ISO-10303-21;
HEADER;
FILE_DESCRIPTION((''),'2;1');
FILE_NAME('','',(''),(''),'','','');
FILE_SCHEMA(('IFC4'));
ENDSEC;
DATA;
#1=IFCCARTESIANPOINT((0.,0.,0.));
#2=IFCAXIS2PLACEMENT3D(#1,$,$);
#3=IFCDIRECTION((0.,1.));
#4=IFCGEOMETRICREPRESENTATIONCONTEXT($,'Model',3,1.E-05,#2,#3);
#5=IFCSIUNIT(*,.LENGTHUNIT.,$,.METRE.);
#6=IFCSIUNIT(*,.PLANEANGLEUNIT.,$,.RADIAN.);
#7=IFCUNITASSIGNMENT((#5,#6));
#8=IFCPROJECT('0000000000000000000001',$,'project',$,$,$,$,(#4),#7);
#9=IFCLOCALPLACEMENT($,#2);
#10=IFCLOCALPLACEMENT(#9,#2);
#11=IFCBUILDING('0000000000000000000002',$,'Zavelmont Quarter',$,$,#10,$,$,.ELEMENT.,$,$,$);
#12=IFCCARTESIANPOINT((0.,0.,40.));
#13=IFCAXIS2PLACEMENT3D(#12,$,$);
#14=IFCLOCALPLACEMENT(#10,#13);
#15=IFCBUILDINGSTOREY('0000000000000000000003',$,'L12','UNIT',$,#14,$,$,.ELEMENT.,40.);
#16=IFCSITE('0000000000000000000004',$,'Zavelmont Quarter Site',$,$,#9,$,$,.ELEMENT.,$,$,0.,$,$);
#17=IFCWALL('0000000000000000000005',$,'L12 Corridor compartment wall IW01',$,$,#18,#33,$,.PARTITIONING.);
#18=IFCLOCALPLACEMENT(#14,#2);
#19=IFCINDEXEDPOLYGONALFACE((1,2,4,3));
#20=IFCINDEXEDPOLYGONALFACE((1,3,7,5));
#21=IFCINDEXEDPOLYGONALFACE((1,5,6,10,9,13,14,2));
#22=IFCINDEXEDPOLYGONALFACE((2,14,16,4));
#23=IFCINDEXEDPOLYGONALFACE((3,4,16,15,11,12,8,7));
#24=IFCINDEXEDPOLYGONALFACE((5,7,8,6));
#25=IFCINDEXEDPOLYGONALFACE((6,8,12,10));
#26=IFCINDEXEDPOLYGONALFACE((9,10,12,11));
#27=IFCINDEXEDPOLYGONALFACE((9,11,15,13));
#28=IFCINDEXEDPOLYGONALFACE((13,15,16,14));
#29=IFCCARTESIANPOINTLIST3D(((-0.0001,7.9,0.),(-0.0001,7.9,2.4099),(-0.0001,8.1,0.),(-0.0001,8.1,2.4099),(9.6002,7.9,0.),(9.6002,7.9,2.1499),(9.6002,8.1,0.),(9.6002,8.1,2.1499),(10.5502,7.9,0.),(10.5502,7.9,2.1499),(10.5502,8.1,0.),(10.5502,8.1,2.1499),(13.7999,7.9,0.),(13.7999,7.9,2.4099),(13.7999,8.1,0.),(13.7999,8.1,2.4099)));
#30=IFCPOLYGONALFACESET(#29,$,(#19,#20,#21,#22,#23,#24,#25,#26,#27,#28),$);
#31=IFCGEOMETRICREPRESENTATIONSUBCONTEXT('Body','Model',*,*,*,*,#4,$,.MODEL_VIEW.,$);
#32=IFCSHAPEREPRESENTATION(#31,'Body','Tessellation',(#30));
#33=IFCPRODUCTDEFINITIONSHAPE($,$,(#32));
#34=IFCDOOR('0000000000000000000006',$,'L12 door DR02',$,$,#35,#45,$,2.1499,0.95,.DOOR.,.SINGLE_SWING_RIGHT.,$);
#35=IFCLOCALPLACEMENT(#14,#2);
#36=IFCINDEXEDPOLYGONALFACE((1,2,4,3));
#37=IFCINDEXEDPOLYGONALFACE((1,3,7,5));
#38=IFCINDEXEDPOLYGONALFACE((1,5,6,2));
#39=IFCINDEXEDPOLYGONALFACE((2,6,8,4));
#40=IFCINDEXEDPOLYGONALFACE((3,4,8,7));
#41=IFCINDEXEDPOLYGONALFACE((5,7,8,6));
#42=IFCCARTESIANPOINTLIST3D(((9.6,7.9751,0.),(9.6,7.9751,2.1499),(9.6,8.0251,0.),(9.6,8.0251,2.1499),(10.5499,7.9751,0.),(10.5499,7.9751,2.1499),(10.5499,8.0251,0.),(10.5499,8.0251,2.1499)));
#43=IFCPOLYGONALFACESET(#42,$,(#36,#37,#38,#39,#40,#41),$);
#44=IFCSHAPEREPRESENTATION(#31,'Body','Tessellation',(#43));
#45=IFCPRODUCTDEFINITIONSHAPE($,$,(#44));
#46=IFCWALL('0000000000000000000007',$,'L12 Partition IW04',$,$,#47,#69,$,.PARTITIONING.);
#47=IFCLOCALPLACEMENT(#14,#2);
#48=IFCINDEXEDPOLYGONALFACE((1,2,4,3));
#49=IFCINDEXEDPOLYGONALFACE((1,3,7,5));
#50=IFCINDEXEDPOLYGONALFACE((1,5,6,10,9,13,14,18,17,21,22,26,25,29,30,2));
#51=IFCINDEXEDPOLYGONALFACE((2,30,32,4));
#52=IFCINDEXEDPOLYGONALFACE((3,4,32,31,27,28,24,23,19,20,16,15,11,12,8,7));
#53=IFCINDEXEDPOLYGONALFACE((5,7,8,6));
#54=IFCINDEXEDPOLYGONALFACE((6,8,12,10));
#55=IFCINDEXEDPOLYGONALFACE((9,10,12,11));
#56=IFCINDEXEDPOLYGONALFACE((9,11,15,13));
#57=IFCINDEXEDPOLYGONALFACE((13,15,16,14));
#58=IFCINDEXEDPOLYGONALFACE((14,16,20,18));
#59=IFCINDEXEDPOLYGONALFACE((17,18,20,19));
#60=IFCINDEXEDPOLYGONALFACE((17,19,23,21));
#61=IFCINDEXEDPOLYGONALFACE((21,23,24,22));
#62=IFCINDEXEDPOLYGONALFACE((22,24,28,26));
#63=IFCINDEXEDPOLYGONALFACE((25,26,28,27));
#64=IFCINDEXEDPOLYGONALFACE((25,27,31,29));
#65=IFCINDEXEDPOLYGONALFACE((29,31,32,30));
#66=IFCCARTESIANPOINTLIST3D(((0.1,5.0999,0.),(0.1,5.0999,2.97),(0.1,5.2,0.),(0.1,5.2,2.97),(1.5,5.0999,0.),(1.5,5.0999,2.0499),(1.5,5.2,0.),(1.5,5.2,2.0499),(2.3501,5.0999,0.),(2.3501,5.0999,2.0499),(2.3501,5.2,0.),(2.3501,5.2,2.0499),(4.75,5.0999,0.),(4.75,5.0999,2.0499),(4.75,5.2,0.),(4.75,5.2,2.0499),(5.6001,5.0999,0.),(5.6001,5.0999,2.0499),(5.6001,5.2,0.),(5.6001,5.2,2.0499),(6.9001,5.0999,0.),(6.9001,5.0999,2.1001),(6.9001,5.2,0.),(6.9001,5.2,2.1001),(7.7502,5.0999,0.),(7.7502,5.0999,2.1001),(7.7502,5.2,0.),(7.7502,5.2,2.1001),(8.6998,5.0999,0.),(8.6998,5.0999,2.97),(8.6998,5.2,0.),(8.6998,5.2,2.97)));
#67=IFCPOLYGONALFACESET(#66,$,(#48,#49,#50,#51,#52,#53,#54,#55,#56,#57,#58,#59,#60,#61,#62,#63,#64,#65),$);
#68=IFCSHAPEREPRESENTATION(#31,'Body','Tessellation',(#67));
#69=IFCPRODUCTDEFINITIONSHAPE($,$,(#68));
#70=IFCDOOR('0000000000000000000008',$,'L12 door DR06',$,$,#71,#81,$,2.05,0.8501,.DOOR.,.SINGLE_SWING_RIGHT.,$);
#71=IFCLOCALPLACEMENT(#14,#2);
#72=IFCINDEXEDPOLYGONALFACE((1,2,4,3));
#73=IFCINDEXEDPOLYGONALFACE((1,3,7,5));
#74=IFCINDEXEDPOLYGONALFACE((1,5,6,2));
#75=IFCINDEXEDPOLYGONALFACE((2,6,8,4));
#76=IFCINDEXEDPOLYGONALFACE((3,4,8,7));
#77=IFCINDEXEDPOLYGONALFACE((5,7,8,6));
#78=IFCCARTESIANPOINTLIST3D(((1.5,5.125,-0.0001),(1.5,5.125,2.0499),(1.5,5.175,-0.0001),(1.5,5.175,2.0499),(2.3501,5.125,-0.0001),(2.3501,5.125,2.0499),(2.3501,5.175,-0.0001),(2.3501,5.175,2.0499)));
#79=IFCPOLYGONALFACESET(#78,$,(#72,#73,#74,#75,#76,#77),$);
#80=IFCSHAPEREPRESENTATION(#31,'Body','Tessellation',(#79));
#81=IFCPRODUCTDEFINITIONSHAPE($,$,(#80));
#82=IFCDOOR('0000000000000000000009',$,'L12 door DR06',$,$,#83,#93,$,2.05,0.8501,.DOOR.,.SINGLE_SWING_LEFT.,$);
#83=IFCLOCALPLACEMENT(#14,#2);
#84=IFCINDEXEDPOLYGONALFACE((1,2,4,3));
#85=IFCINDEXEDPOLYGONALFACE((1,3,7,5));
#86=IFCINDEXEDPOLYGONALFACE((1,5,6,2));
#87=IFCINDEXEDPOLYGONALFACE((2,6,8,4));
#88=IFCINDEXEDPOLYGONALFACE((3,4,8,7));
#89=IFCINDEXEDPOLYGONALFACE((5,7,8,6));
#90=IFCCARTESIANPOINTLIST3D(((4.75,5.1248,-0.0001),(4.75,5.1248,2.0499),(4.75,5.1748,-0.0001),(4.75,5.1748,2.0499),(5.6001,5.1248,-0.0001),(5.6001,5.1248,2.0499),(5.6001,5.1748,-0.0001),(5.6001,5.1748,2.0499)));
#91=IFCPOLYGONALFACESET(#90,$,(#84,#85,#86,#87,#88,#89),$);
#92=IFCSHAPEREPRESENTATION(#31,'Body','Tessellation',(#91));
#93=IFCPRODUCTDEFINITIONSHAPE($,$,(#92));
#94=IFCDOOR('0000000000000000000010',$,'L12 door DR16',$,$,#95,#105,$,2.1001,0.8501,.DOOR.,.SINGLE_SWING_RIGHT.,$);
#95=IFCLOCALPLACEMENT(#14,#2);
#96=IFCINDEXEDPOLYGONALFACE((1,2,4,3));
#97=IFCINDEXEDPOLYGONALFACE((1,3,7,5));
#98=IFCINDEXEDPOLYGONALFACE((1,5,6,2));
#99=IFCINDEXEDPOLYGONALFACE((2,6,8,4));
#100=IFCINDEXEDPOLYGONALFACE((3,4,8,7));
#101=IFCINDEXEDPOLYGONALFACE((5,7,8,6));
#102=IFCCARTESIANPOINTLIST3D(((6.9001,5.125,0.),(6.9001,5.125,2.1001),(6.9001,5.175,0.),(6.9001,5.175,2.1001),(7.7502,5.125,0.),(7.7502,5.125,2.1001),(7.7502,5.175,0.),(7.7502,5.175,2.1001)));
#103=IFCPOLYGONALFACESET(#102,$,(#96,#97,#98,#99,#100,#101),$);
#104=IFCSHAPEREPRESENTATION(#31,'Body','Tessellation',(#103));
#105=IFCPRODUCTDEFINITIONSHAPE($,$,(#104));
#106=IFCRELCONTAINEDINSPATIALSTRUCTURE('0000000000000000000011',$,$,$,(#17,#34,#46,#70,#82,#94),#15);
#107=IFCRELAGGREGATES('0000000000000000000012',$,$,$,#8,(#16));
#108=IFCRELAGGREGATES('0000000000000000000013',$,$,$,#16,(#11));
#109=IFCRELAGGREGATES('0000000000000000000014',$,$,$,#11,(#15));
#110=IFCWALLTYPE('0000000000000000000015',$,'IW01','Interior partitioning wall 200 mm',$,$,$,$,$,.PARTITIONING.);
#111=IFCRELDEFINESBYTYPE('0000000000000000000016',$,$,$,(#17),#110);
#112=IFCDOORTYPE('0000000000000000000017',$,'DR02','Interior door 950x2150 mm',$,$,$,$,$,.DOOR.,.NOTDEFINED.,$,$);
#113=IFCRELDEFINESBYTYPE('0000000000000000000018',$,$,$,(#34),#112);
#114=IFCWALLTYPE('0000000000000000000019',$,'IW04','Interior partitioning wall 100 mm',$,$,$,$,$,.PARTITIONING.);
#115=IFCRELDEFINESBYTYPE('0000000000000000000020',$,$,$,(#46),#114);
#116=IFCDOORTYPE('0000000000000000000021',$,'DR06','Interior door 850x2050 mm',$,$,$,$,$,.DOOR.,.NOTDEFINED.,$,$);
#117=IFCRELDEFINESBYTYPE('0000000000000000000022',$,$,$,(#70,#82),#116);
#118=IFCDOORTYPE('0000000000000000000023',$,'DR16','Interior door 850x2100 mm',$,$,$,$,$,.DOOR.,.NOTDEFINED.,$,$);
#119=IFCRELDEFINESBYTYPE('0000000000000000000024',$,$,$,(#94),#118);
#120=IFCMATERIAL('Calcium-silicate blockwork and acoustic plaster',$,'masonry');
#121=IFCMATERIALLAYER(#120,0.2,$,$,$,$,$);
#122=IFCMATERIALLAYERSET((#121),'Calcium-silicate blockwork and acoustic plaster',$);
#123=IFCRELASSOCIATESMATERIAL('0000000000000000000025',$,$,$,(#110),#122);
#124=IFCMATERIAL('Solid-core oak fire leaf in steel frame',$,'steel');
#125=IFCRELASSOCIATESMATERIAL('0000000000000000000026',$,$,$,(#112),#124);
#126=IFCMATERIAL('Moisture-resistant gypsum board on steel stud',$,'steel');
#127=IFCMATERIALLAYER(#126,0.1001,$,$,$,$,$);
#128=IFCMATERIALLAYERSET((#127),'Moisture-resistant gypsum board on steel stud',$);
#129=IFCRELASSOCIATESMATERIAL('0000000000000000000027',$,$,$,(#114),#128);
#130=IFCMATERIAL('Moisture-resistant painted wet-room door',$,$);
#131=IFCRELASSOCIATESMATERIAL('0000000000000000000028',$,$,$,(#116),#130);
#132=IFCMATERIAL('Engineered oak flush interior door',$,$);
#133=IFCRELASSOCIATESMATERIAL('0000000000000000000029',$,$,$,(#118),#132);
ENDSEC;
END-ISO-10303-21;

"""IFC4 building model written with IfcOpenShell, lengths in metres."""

from ifc_helpers import new_model, si_unit, direction, frame, frame_2d, origin, origin_with_axes, place, context, subcontext, project, spatial, rectangle, extrude, material, layer, layer_set, type_object, element, fill, save


model = new_model("IFC4")

# Units and contexts
model_context = context("Model", 3, precision=1e-05, world=origin(), true_north=direction((0.0, 1.0)))
body_context = subcontext(model_context, "Body", "Model", "MODEL_VIEW")
ifc_project = project(units=[si_unit("LENGTHUNIT", "METRE"), si_unit("PLANEANGLEUNIT", "RADIAN")], contexts=[model_context])

# Site, building, storey
site_placement = place(None, origin())
site = spatial("IfcSite", under=ifc_project, at=site_placement, Name="Zavelmont Quarter Site", CompositionType="ELEMENT", RefElevation=0.0)
building_placement = place(site_placement, origin())
building = spatial("IfcBuilding", under=site, at=building_placement, Name="Zavelmont Quarter", CompositionType="ELEMENT")
storey_placement = place(building_placement, frame((0.0, 0.0, 40.0)))
storey = spatial("IfcBuildingStorey", under=building, at=storey_placement, Name="L12", Description="UNIT", CompositionType="ELEMENT", Elevation=40.0)

# Wall, opening, door
ifc_material_1 = material(Name="Calcium-silicate blockwork and acoustic plaster", Category="masonry")
ifc_layer_1 = layer(ifc_material_1, 0.2)
ifc_layer_set_1 = layer_set([ifc_layer_1], Name="Calcium-silicate blockwork and acoustic plaster")
wall_type_1 = type_object("IfcWallType", Name="IW01", Description="Interior partitioning wall 200 mm", PredefinedType="PARTITIONING", material=ifc_layer_set_1)
wall_1_placement = place(storey_placement, frame((0.0, 8.0, 0.0), z_axis=(0.0, 0.0, 1.0), x_axis=(1.0, 0.0, 0.0)))
wall_1 = element("IfcWall", 1, at=wall_1_placement, inside=storey, type_object=wall_type_1, Name="L12 Corridor compartment wall IW01", PredefinedType="PARTITIONING", context=body_context, shape_type="SweptSolid", body=[
    extrude(rectangle(XDim=13.8, YDim=0.2, at=frame_2d((6.8999, 0.0))), origin(), (0.0, 0.0, 1.0), 2.4099),
])
opening_1_placement = place(wall_1_placement, frame((9.6001, 0.0, 0.0)))
opening_1 = element("IfcOpeningElement", 2, at=opening_1_placement, cuts=wall_1, PredefinedType="OPENING", context=body_context, shape_type="SweptSolid", body=[
    extrude(rectangle(XDim=0.95, YDim=2.1499, at=frame_2d((0.4751, 1.075))), frame((0.0, 0.1118, 0.0), z_axis=(0.0, -1.0, 0.0), x_axis=(1.0, 0.0, 0.0)), (0.0, 0.0, 1.0), 0.2239),
])
ifc_material_2 = material(Name="Solid-core oak fire leaf in steel frame", Category="steel")
door_type_1 = type_object("IfcDoorType", Name="DR02", Description="Interior door 950x2150 mm", OperationType="NOTDEFINED", PredefinedType="DOOR", material=ifc_material_2)
door_1_placement = place(opening_1_placement, frame((0.95, 0.0, 0.0), z_axis=(0.0, 0.0, 1.0), x_axis=(-1.0, 0.0, 0.0)))
door_1 = element("IfcDoor", 3, at=door_1_placement, inside=storey, type_object=door_type_1, Name="L12 door DR02", OperationType="SINGLE_SWING_RIGHT", OverallHeight=2.1499, OverallWidth=0.95, PredefinedType="DOOR", context=body_context, shape_type="SweptSolid", body=[
    extrude(rectangle(XDim=0.95, YDim=2.1499, at=frame_2d((0.4751, 1.075))), frame((0.0, 0.0249, 0.0), z_axis=(0.0, -1.0, 0.0), x_axis=(1.0, 0.0, 0.0)), (0.0, 0.0, 1.0), 0.05),
])
fill(opening_1, door_1)

# Wall, openings, doors
ifc_material_3 = material(Name="Moisture-resistant gypsum board on steel stud", Category="steel")
ifc_layer_2 = layer(ifc_material_3, 0.1001)
ifc_layer_set_2 = layer_set([ifc_layer_2], Name="Moisture-resistant gypsum board on steel stud")
wall_type_2 = type_object("IfcWallType", Name="IW04", Description="Interior partitioning wall 100 mm", PredefinedType="PARTITIONING", material=ifc_layer_set_2)
wall_2_placement = place(storey_placement, frame((0.1001, 5.1499, 0.0), z_axis=(0.0, 0.0, 1.0), x_axis=(1.0, 0.0, 0.0)))
wall_2 = element("IfcWall", 4, at=wall_2_placement, inside=storey, type_object=wall_type_2, Name="L12 Partition IW04", PredefinedType="PARTITIONING", context=body_context, shape_type="SweptSolid", body=[
    extrude(rectangle(XDim=8.5999, YDim=0.1001, at=frame_2d((4.2998, 0.0))), origin(), (0.0, 0.0, 1.0), 2.97),
])
opening_2_placement = place(wall_2_placement, frame((1.3999, 0.0, 0.0)))
opening_2 = element("IfcOpeningElement", 5, at=opening_2_placement, cuts=wall_2, PredefinedType="OPENING", context=body_context, shape_type="SweptSolid", body=[
    extrude(rectangle(XDim=0.8501, YDim=2.05, at=frame_2d((0.425, 1.0249))), frame((0.0, 0.062, 0.0), z_axis=(0.0, -1.0, 0.0), x_axis=(1.0, 0.0, 0.0)), (0.0, 0.0, 1.0), 0.124),
])
opening_3_placement = place(wall_2_placement, frame((4.6499, 0.0, 0.0)))
opening_3 = element("IfcOpeningElement", 6, at=opening_3_placement, cuts=wall_2, PredefinedType="OPENING", context=body_context, shape_type="SweptSolid", body=[
    extrude(rectangle(XDim=0.8501, YDim=2.05, at=frame_2d((0.425, 1.0249))), frame((0.0, 0.062, 0.0), z_axis=(0.0, -1.0, 0.0), x_axis=(1.0, 0.0, 0.0)), (0.0, 0.0, 1.0), 0.124),
])
opening_4_placement = place(wall_2_placement, frame((6.8, 0.0, 0.0)))
opening_4 = element("IfcOpeningElement", 7, at=opening_4_placement, cuts=wall_2, PredefinedType="OPENING", context=body_context, shape_type="SweptSolid", body=[
    extrude(rectangle(XDim=0.8501, YDim=2.1001, at=frame_2d((0.425, 1.05))), frame((0.0, 0.062, 0.0), z_axis=(0.0, -1.0, 0.0), x_axis=(1.0, 0.0, 0.0)), (0.0, 0.0, 1.0), 0.124),
])
ifc_material_4 = material(Name="Moisture-resistant painted wet-room door")
door_type_2 = type_object("IfcDoorType", Name="DR06", Description="Interior door 850x2050 mm", OperationType="NOTDEFINED", PredefinedType="DOOR", material=ifc_material_4)
door_2_placement = place(opening_2_placement, frame((0.8501, 0.0, 0.0), z_axis=(0.0, 0.0, 1.0), x_axis=(-1.0, 0.0, 0.0)))
door_2 = element("IfcDoor", 8, at=door_2_placement, inside=storey, type_object=door_type_2, Name="L12 door DR06", OperationType="SINGLE_SWING_RIGHT", OverallHeight=2.05, OverallWidth=0.8501, PredefinedType="DOOR", context=body_context, shape_type="SweptSolid", body=[
    extrude(rectangle(XDim=0.8501, YDim=2.05, at=frame_2d((0.425, 1.0249))), frame((0.0, 0.0249, 0.0), z_axis=(0.0, -1.0, 0.0), x_axis=(1.0, 0.0, 0.0)), (0.0, 0.0, 1.0), 0.05),
])
fill(opening_2, door_2)
door_3_placement = place(opening_3_placement, origin_with_axes())
door_3 = element("IfcDoor", 9, at=door_3_placement, inside=storey, type_object=door_type_2, Name="L12 door DR06", OperationType="SINGLE_SWING_LEFT", OverallHeight=2.05, OverallWidth=0.8501, PredefinedType="DOOR", context=body_context, shape_type="SweptSolid", body=[
    extrude(rectangle(XDim=0.8501, YDim=2.05, at=frame_2d((0.425, 1.0249))), frame((0.0, 0.0249, 0.0), z_axis=(0.0, -1.0, 0.0), x_axis=(1.0, 0.0, 0.0)), (0.0, 0.0, 1.0), 0.05),
])
fill(opening_3, door_3)
ifc_material_5 = material(Name="Engineered oak flush interior door")
door_type_3 = type_object("IfcDoorType", Name="DR16", Description="Interior door 850x2100 mm", OperationType="NOTDEFINED", PredefinedType="DOOR", material=ifc_material_5)
door_4_placement = place(opening_4_placement, frame((0.8501, 0.0, 0.0), z_axis=(0.0, 0.0, 1.0), x_axis=(-1.0, 0.0, 0.0)))
door_4 = element("IfcDoor", 10, at=door_4_placement, inside=storey, type_object=door_type_3, Name="L12 door DR16", OperationType="SINGLE_SWING_RIGHT", OverallHeight=2.1001, OverallWidth=0.8501, PredefinedType="DOOR", context=body_context, shape_type="SweptSolid", body=[
    extrude(rectangle(XDim=0.8501, YDim=2.1001, at=frame_2d((0.425, 1.05))), frame((0.0, 0.0249, 0.0), z_axis=(0.0, -1.0, 0.0), x_axis=(1.0, 0.0, 0.0)), (0.0, 0.0, 1.0), 0.05),
])
fill(opening_4, door_4)

save(model, "model.ifc")
